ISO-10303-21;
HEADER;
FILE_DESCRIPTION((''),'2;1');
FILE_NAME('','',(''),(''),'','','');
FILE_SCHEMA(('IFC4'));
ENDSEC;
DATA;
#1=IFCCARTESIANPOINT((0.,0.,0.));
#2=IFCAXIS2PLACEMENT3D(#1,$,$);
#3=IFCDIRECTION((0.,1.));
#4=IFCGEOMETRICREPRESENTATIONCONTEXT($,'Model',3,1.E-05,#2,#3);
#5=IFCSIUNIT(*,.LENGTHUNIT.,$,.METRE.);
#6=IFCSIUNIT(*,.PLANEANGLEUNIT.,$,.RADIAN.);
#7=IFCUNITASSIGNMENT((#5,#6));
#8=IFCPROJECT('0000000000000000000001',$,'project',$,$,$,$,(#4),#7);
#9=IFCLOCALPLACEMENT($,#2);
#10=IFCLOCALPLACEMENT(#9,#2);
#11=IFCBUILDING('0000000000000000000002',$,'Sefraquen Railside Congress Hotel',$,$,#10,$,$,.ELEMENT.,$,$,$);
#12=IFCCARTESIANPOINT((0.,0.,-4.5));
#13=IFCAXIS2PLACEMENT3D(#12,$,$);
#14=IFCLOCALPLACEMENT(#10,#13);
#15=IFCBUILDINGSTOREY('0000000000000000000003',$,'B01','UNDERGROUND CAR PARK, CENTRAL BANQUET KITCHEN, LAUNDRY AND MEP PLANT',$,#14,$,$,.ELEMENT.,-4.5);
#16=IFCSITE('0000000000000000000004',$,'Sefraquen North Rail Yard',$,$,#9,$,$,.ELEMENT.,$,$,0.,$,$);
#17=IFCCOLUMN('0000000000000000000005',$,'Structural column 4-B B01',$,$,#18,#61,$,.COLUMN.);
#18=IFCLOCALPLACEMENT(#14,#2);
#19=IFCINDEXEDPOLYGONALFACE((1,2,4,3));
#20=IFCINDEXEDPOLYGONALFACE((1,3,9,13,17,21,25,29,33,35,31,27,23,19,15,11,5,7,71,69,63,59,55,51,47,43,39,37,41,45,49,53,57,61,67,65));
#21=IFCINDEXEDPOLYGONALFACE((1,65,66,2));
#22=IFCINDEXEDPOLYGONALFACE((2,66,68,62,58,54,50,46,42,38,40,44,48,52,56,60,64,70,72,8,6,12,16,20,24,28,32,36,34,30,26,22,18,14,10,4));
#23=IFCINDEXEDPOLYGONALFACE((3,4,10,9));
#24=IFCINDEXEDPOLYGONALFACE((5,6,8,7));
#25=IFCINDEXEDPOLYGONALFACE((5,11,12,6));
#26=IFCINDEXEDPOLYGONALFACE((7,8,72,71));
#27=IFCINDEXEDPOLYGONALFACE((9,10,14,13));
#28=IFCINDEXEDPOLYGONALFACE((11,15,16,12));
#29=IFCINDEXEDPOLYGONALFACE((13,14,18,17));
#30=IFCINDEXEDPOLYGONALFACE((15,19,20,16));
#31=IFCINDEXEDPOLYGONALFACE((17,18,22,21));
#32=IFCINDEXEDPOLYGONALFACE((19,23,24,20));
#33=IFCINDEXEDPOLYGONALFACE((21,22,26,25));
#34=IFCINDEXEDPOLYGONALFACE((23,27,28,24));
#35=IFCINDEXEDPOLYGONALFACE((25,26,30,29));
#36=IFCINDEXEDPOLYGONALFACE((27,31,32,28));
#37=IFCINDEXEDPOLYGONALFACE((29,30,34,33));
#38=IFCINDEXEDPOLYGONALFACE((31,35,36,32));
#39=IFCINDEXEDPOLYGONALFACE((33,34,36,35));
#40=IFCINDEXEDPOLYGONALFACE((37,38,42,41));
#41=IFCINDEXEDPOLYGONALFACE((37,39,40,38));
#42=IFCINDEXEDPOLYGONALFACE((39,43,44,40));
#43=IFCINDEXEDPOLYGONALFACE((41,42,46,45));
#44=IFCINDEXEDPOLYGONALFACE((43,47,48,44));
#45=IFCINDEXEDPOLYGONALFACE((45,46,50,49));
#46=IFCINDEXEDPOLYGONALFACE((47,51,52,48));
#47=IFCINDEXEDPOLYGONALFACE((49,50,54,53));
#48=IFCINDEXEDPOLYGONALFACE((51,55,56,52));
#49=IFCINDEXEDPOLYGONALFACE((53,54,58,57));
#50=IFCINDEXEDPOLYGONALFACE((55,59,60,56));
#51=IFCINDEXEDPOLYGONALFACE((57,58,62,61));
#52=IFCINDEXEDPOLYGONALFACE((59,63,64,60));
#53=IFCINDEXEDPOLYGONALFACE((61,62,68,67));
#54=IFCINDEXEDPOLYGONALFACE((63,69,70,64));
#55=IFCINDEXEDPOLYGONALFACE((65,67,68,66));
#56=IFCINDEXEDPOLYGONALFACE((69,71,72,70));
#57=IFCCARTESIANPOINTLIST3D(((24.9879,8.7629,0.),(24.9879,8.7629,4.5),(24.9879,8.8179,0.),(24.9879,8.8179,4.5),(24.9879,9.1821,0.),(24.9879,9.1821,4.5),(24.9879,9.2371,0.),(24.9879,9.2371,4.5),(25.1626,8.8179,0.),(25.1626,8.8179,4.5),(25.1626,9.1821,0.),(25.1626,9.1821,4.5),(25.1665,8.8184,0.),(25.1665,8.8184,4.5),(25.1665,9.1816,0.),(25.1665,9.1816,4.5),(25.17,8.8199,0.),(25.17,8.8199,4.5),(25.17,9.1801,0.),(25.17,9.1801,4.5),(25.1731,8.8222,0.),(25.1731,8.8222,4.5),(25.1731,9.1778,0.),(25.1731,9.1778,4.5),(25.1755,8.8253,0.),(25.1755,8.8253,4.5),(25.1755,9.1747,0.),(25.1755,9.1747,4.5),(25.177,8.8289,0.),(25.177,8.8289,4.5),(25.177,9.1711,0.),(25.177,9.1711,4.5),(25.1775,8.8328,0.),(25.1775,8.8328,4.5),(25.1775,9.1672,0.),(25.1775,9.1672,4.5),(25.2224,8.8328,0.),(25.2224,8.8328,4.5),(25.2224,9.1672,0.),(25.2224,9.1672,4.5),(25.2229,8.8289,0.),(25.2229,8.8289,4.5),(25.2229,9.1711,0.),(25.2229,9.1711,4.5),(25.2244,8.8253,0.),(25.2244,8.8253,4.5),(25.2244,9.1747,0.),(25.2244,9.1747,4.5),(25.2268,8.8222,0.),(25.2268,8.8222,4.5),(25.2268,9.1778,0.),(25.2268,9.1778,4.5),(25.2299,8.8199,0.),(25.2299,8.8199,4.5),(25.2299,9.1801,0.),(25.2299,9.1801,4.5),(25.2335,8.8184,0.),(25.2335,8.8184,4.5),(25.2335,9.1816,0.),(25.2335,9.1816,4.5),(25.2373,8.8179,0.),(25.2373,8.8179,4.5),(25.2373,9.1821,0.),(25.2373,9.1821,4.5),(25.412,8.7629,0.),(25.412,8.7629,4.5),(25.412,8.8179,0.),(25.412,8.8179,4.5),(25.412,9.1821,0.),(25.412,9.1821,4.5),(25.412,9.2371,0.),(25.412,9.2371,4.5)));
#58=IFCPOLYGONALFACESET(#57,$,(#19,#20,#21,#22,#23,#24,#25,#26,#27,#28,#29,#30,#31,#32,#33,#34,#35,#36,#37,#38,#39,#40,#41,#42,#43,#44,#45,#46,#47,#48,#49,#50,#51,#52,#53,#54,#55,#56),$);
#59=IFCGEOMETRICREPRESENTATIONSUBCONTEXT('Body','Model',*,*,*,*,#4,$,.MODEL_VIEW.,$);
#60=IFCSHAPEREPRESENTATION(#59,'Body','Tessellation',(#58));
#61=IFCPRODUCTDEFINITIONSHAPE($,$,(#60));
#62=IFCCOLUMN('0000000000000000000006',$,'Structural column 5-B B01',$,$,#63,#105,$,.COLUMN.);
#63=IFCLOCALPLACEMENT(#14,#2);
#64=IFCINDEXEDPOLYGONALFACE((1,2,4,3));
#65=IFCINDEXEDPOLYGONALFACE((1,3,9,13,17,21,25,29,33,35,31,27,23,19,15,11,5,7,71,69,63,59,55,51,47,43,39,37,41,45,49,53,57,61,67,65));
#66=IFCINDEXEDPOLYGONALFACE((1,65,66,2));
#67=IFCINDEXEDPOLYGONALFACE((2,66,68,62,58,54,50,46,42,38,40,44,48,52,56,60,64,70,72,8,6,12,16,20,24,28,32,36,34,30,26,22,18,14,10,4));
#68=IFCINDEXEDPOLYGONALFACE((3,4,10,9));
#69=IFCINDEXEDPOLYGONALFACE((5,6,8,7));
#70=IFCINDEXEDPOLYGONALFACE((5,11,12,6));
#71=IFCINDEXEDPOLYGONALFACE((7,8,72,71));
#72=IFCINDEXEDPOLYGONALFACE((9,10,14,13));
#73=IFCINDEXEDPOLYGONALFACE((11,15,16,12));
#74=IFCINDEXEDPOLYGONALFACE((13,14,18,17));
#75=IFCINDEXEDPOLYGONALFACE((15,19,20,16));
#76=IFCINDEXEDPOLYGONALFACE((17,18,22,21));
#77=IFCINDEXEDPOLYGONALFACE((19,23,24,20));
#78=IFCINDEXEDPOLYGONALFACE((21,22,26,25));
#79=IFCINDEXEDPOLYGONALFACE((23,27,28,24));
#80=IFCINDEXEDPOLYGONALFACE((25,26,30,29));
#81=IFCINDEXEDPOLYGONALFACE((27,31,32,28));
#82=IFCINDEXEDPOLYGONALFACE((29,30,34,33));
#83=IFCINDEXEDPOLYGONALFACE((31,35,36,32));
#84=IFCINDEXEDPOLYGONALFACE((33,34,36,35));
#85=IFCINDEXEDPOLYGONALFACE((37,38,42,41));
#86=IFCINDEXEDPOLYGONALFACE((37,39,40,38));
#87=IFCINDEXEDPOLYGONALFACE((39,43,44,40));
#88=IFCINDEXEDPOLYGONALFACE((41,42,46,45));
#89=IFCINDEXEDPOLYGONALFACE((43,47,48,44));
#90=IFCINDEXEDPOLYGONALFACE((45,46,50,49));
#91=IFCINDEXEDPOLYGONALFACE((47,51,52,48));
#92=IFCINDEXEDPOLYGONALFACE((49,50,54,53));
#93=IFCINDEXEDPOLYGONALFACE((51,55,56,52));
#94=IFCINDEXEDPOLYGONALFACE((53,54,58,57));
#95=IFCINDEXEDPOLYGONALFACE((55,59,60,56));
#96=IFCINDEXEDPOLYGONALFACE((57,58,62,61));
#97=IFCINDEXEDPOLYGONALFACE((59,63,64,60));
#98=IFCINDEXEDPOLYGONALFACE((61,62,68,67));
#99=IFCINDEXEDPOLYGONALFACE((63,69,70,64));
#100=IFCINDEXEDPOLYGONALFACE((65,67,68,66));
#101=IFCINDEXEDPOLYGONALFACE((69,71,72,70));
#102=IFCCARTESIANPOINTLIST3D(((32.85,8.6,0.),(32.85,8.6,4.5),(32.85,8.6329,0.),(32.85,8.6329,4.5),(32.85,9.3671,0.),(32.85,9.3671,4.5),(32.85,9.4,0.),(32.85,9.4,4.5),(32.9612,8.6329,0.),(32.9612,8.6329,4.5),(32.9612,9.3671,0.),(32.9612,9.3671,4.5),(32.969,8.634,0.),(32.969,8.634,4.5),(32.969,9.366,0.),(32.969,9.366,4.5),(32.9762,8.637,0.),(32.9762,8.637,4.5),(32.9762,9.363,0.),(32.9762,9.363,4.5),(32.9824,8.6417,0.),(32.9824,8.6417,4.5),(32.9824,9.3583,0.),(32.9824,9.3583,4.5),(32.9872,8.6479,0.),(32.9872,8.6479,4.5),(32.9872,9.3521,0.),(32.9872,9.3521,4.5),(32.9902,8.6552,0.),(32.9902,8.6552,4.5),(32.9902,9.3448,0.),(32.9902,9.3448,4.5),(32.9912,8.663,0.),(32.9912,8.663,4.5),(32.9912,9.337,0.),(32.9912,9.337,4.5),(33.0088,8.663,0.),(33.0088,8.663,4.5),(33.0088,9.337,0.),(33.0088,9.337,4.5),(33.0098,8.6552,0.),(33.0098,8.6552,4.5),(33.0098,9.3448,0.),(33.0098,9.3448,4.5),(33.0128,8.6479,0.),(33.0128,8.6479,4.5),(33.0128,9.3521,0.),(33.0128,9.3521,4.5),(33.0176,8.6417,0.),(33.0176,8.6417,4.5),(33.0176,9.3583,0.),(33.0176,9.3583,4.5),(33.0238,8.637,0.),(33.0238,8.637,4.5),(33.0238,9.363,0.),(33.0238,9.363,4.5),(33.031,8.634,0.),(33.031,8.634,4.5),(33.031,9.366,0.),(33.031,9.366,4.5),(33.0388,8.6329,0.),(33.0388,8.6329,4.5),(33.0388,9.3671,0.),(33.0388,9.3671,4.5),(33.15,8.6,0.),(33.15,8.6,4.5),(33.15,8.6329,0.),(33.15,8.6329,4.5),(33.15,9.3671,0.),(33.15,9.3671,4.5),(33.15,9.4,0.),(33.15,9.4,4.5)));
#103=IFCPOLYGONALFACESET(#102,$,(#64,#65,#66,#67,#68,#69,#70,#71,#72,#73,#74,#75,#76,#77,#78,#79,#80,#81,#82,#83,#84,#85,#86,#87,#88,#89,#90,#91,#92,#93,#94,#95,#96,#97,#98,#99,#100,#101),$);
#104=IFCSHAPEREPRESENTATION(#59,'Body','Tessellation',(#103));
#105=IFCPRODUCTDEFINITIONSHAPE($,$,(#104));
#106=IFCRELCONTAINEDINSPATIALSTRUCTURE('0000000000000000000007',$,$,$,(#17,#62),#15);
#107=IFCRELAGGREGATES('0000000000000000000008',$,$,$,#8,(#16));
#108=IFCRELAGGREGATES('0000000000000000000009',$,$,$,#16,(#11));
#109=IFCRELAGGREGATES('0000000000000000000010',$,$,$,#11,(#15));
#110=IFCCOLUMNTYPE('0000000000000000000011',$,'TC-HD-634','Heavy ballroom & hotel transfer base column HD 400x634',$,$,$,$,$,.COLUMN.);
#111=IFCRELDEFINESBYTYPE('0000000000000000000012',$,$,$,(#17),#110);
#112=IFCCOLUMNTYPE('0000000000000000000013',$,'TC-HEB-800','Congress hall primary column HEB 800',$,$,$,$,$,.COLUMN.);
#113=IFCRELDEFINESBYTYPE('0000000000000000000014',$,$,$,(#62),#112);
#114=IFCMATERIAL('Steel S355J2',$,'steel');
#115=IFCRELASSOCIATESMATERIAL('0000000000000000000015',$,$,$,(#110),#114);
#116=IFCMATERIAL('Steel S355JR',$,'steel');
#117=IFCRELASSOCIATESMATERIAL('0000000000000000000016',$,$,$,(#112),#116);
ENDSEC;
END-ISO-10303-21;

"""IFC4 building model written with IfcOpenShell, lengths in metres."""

from ifc_helpers import new_model, si_unit, direction, frame, origin, origin_2d, place, context, subcontext, project, spatial, i_section, extrude, material, material_profile, profile_set, type_object, element, save


model = new_model("IFC4")

# Units and contexts
model_context = context("Model", 3, precision=1e-05, world=origin(), true_north=direction((0.0, 1.0)))
body_context = subcontext(model_context, "Body", "Model", "MODEL_VIEW")
ifc_project = project(units=[si_unit("LENGTHUNIT", "METRE"), si_unit("PLANEANGLEUNIT", "RADIAN")], contexts=[model_context])

# Site, building, storey
site_placement = place(None, origin())
site = spatial("IfcSite", under=ifc_project, at=site_placement, Name="Sefraquen North Rail Yard", CompositionType="ELEMENT", RefElevation=0.0)
building_placement = place(site_placement, origin())
building = spatial("IfcBuilding", under=site, at=building_placement, Name="Sefraquen Railside Congress Hotel", CompositionType="ELEMENT")
storey_placement = place(building_placement, frame((0.0, 0.0, -4.5)))
storey = spatial("IfcBuildingStorey", under=building, at=storey_placement, Name="B01", Description="UNDERGROUND CAR PARK, CENTRAL BANQUET KITCHEN, LAUNDRY AND MEP PLANT", CompositionType="ELEMENT", Elevation=-4.5)

# Columns
ifc_material_1 = material(Name="Steel S355J2", Category="steel")
ifc_material_profile_1 = material_profile(ifc_material_1, i_section(OverallWidth=0.4241, OverallDepth=0.4741, WebThickness=0.0449, FlangeThickness=0.0549, FilletRadius=0.0149, at=origin_2d()), Name="HD 400x634")
ifc_profile_set_1 = profile_set([ifc_material_profile_1], Name="Steel S355J2")
column_type_1 = type_object("IfcColumnType", Name="TC-HD-634", Description="Heavy ballroom & hotel transfer base column HD 400x634", PredefinedType="COLUMN", material=ifc_profile_set_1)
column_1_placement = place(storey_placement, frame((25.2, 9.0, 0.0), z_axis=(0.0, 0.0, 1.0), x_axis=(1.0, 0.0, 0.0)))
element("IfcColumn", 1, at=column_1_placement, inside=storey, type_object=column_type_1, Name="Structural column 4-B B01", PredefinedType="COLUMN", context=body_context, shape_type="SweptSolid", body=[
    extrude(i_section(OverallWidth=0.4241, OverallDepth=0.4741, WebThickness=0.0449, FlangeThickness=0.0549, FilletRadius=0.0149, at=origin_2d()), origin(), (0.0, 0.0, 1.0), 4.5),
])
ifc_material_2 = material(Name="Steel S355JR", Category="steel")
ifc_material_profile_2 = material_profile(ifc_material_2, i_section(OverallWidth=0.3, OverallDepth=0.8, WebThickness=0.0176, FlangeThickness=0.033, FilletRadius=0.03, at=origin_2d()), Name="HEB 800")
ifc_profile_set_2 = profile_set([ifc_material_profile_2], Name="Steel S355JR")
column_type_2 = type_object("IfcColumnType", Name="TC-HEB-800", Description="Congress hall primary column HEB 800", PredefinedType="COLUMN", material=ifc_profile_set_2)
column_2_placement = place(storey_placement, frame((33.0, 9.0, 0.0), z_axis=(0.0, 0.0, 1.0), x_axis=(1.0, 0.0, 0.0)))
element("IfcColumn", 2, at=column_2_placement, inside=storey, type_object=column_type_2, Name="Structural column 5-B B01", PredefinedType="COLUMN", context=body_context, shape_type="SweptSolid", body=[
    extrude(i_section(OverallWidth=0.3, OverallDepth=0.8, WebThickness=0.0176, FlangeThickness=0.033, FilletRadius=0.03, at=origin_2d()), origin(), (0.0, 0.0, 1.0), 4.5),
])

save(model, "model.ifc")
